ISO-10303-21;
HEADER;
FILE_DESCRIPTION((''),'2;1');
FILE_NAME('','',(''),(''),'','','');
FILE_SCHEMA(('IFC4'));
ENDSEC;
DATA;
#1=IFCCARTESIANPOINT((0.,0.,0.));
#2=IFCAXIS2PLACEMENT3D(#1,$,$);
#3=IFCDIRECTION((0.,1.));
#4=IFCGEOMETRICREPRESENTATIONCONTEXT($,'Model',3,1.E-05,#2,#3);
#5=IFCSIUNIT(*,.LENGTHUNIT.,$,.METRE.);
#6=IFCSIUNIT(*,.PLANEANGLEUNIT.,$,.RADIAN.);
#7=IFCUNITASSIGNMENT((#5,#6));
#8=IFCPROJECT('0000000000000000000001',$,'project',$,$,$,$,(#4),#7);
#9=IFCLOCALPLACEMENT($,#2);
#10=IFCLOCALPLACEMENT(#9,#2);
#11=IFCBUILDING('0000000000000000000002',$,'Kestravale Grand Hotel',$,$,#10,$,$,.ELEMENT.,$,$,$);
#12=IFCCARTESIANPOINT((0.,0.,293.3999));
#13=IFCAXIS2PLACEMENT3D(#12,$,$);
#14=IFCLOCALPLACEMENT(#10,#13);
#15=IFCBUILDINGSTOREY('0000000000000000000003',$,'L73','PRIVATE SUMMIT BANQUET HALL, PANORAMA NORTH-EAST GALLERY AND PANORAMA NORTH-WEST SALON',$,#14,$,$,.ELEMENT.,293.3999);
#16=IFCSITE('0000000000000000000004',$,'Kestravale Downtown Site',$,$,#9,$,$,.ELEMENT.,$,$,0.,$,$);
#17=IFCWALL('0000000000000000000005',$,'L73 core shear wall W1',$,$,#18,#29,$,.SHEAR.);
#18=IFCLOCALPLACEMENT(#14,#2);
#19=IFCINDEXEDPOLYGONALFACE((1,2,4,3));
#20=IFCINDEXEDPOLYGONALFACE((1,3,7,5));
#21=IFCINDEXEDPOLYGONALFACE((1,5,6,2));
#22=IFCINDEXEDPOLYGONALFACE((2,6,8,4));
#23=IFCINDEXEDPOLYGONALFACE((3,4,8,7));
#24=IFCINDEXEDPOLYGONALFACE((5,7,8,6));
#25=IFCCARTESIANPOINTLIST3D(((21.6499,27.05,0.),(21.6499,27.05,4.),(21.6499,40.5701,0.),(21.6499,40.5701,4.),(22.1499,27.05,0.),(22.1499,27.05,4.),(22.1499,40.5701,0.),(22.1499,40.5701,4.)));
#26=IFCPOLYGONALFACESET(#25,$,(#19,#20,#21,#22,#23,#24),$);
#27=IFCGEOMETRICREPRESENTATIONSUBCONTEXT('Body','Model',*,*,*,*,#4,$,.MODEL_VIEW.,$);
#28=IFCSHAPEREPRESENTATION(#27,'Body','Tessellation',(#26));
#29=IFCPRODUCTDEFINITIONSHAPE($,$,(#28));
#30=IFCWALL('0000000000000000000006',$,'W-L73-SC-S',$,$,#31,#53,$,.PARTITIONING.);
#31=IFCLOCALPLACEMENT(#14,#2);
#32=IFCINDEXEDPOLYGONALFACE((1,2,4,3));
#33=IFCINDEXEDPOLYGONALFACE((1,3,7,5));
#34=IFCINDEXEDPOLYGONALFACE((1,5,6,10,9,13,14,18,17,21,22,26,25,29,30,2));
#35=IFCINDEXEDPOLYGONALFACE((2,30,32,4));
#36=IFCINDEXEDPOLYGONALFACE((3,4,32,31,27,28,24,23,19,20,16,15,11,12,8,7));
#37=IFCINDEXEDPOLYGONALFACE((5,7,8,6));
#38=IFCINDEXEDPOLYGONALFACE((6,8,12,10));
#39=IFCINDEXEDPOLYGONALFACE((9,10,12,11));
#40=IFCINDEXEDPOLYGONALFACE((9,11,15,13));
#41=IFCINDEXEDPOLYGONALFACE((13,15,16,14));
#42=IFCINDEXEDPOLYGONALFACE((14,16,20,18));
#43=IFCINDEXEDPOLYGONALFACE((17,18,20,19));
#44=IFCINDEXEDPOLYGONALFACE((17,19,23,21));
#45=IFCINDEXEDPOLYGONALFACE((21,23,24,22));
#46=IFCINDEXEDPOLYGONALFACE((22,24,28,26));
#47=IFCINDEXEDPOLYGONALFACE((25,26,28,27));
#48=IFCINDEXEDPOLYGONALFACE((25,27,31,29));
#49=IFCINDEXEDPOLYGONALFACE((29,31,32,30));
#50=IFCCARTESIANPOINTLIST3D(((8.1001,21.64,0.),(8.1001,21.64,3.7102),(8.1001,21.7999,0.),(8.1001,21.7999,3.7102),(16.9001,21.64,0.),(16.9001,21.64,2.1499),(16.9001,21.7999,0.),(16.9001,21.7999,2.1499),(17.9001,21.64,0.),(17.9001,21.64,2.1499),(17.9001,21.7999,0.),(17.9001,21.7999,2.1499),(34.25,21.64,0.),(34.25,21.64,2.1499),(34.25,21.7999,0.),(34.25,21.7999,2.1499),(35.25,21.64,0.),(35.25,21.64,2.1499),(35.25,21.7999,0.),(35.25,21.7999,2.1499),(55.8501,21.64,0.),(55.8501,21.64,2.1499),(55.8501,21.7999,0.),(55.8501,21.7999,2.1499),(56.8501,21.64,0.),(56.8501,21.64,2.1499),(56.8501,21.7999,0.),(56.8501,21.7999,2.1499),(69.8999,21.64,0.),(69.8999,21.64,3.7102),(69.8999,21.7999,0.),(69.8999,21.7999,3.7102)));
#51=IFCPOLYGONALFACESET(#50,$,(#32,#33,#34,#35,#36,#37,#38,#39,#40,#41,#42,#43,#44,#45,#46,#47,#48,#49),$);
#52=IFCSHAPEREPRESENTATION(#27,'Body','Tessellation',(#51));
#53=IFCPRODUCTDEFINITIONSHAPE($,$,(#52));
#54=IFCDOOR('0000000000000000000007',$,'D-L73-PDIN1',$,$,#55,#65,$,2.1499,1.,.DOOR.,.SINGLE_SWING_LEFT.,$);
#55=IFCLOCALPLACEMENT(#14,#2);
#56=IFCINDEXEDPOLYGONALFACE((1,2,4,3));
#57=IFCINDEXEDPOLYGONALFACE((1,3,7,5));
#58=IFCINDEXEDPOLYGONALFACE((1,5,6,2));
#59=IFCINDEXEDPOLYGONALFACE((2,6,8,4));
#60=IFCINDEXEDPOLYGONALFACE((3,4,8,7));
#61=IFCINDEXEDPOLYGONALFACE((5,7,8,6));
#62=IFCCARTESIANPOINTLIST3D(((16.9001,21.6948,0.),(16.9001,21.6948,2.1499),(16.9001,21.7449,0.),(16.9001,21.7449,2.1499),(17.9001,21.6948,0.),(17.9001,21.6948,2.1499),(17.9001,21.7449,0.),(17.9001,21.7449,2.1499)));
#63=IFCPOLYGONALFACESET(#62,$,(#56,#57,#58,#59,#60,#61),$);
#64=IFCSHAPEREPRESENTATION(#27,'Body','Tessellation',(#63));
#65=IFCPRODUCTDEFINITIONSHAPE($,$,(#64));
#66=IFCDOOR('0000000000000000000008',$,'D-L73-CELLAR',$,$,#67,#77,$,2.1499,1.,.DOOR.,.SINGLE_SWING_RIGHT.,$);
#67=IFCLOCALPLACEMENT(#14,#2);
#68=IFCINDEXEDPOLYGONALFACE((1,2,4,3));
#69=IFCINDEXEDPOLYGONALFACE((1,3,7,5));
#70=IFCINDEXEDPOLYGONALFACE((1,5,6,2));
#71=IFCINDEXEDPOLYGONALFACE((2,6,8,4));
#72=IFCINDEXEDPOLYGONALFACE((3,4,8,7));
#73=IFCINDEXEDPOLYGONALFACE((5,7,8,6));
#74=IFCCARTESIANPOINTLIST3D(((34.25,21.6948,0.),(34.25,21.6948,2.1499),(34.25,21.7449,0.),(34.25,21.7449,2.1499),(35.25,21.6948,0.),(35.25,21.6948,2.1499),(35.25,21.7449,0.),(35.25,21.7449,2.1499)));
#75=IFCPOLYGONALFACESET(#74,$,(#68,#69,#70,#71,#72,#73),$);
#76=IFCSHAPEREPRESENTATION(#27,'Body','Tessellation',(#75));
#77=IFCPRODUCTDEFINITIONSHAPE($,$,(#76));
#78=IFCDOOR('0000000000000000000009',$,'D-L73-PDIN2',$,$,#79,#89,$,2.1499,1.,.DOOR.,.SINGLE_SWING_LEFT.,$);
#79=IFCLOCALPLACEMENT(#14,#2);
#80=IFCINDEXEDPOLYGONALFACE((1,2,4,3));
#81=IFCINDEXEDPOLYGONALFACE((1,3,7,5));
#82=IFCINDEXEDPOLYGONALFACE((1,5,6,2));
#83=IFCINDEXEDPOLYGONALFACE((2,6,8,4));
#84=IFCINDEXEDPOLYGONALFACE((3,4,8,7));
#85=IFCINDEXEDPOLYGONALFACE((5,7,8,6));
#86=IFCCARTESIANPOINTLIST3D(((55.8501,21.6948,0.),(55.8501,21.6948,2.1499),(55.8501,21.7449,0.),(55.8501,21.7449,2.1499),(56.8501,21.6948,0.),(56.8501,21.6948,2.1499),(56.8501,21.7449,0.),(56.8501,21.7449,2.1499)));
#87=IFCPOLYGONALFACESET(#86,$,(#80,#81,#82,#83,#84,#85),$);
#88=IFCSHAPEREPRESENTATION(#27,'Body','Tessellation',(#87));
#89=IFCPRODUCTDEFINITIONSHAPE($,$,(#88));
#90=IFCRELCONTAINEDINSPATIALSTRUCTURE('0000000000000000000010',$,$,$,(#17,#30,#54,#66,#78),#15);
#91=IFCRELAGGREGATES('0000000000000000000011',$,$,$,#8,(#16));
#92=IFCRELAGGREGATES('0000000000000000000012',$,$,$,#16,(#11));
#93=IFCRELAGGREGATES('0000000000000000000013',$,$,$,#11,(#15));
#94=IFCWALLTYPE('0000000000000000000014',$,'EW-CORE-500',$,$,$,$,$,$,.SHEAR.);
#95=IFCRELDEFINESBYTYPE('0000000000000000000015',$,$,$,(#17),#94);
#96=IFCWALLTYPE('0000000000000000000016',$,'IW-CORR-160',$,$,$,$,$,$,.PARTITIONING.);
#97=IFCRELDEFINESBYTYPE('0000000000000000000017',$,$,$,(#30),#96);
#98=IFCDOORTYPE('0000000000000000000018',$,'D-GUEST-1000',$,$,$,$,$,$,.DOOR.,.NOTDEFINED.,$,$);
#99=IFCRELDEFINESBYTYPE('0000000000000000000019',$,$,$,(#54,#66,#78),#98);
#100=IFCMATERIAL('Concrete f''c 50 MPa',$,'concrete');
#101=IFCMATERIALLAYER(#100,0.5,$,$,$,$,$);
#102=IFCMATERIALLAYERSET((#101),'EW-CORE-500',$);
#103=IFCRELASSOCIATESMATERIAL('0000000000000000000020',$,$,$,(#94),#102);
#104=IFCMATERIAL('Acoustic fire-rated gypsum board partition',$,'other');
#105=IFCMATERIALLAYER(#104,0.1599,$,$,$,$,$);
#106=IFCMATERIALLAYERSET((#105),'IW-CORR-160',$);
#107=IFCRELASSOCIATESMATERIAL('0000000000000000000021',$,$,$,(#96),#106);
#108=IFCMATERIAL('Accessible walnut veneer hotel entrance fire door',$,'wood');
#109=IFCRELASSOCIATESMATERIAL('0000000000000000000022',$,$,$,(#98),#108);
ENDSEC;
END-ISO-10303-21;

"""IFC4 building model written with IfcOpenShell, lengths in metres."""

from ifc_helpers import new_model, si_unit, direction, frame, frame_2d, origin, place, context, subcontext, project, spatial, rectangle, extrude, material, layer, layer_set, type_object, element, fill, save


model = new_model("IFC4")

# Units and contexts
model_context = context("Model", 3, precision=1e-05, world=origin(), true_north=direction((0.0, 1.0)))
body_context = subcontext(model_context, "Body", "Model", "MODEL_VIEW")
ifc_project = project(units=[si_unit("LENGTHUNIT", "METRE"), si_unit("PLANEANGLEUNIT", "RADIAN")], contexts=[model_context])

# Site, building, storey
site_placement = place(None, origin())
site = spatial("IfcSite", under=ifc_project, at=site_placement, Name="Kestravale Downtown Site", CompositionType="ELEMENT", RefElevation=0.0)
building_placement = place(site_placement, origin())
building = spatial("IfcBuilding", under=site, at=building_placement, Name="Kestravale Grand Hotel", CompositionType="ELEMENT")
storey_placement = place(building_placement, frame((0.0, 0.0, 293.3999)))
storey = spatial("IfcBuildingStorey", under=building, at=storey_placement, Name="L73", Description="PRIVATE SUMMIT BANQUET HALL, PANORAMA NORTH-EAST GALLERY AND PANORAMA NORTH-WEST SALON", CompositionType="ELEMENT", Elevation=293.3999)

# Wall
ifc_material_1 = material(Name="Concrete f'c 50 MPa", Category="concrete")
ifc_layer_1 = layer(ifc_material_1, 0.5)
ifc_layer_set_1 = layer_set([ifc_layer_1], Name="EW-CORE-500")
wall_type_1 = type_object("IfcWallType", Name="EW-CORE-500", PredefinedType="SHEAR", material=ifc_layer_set_1)
wall_1_placement = place(storey_placement, frame((21.8999, 27.05, 0.0), z_axis=(0.0, 0.0, 1.0), x_axis=(0.0, 1.0, 0.0)))
element("IfcWall", 1, at=wall_1_placement, inside=storey, type_object=wall_type_1, Name="L73 core shear wall W1", PredefinedType="SHEAR", context=body_context, shape_type="SweptSolid", body=[
    extrude(rectangle(XDim=13.52, YDim=0.5, at=frame_2d((6.76, 0.0))), origin(), (0.0, 0.0, 1.0), 4.0),
])

# Wall, openings, doors
ifc_material_2 = material(Name="Acoustic fire-rated gypsum board partition", Category="other")
ifc_layer_2 = layer(ifc_material_2, 0.1599)
ifc_layer_set_2 = layer_set([ifc_layer_2], Name="IW-CORR-160")
wall_type_2 = type_object("IfcWallType", Name="IW-CORR-160", PredefinedType="PARTITIONING", material=ifc_layer_set_2)
wall_2_placement = place(storey_placement, frame((8.1001, 21.72, 0.0), z_axis=(0.0, 0.0, 1.0), x_axis=(1.0, 0.0, 0.0)))
wall_2 = element("IfcWall", 2, at=wall_2_placement, inside=storey, type_object=wall_type_2, Name="W-L73-SC-S", PredefinedType="PARTITIONING", context=body_context, shape_type="SweptSolid", body=[
    extrude(rectangle(XDim=61.7998, YDim=0.1599, at=frame_2d((30.8999, 0.0))), origin(), (0.0, 0.0, 1.0), 3.7102),
])
opening_1_placement = place(wall_2_placement, frame((8.8, 0.0, 0.0)))
opening_1 = element("IfcOpeningElement", 3, at=opening_1_placement, cuts=wall_2, PredefinedType="OPENING", context=body_context, shape_type="SweptSolid", body=[
    extrude(rectangle(XDim=1.0, YDim=2.1499, at=frame_2d((0.5, 1.075))), frame((0.0, 0.0898, 0.0), z_axis=(0.0, -1.0, 0.0), x_axis=(1.0, 0.0, 0.0)), (0.0, 0.0, 1.0), 0.1799),
])
opening_2_placement = place(wall_2_placement, frame((26.1499, 0.0, 0.0)))
opening_2 = element("IfcOpeningElement", 4, at=opening_2_placement, cuts=wall_2, PredefinedType="OPENING", context=body_context, shape_type="SweptSolid", body=[
    extrude(rectangle(XDim=1.0, YDim=2.1499, at=frame_2d((0.5, 1.075))), frame((0.0, 0.0898, 0.0), z_axis=(0.0, -1.0, 0.0), x_axis=(1.0, 0.0, 0.0)), (0.0, 0.0, 1.0), 0.1799),
])
opening_3_placement = place(wall_2_placement, frame((47.75, 0.0, 0.0)))
opening_3 = element("IfcOpeningElement", 5, at=opening_3_placement, cuts=wall_2, PredefinedType="OPENING", context=body_context, shape_type="SweptSolid", body=[
    extrude(rectangle(XDim=1.0, YDim=2.1499, at=frame_2d((0.5, 1.075))), frame((0.0, 0.0898, 0.0), z_axis=(0.0, -1.0, 0.0), x_axis=(1.0, 0.0, 0.0)), (0.0, 0.0, 1.0), 0.1799),
])
ifc_material_3 = material(Name="Accessible walnut veneer hotel entrance fire door", Category="wood")
door_type_1 = type_object("IfcDoorType", Name="D-GUEST-1000", OperationType="NOTDEFINED", PredefinedType="DOOR", material=ifc_material_3)
door_1_placement = place(opening_1_placement, origin())
door_1 = element("IfcDoor", 6, at=door_1_placement, inside=storey, type_object=door_type_1, Name="D-L73-PDIN1", OperationType="SINGLE_SWING_LEFT", OverallHeight=2.1499, OverallWidth=1.0, PredefinedType="DOOR", context=body_context, shape_type="SweptSolid", body=[
    extrude(rectangle(XDim=1.0, YDim=2.1499, at=frame_2d((0.5, 1.075))), frame((0.0, 0.0249, 0.0), z_axis=(0.0, -1.0, 0.0), x_axis=(1.0, 0.0, 0.0)), (0.0, 0.0, 1.0), 0.05),
])
fill(opening_1, door_1)
door_2_placement = place(opening_2_placement, origin())
door_2 = element("IfcDoor", 7, at=door_2_placement, inside=storey, type_object=door_type_1, Name="D-L73-CELLAR", OperationType="SINGLE_SWING_RIGHT", OverallHeight=2.1499, OverallWidth=1.0, PredefinedType="DOOR", context=body_context, shape_type="SweptSolid", body=[
    extrude(rectangle(XDim=1.0, YDim=2.1499, at=frame_2d((0.5, 1.075))), frame((0.0, 0.0249, 0.0), z_axis=(0.0, -1.0, 0.0), x_axis=(1.0, 0.0, 0.0)), (0.0, 0.0, 1.0), 0.05),
])
fill(opening_2, door_2)
door_3_placement = place(opening_3_placement, origin())
door_3 = element("IfcDoor", 8, at=door_3_placement, inside=storey, type_object=door_type_1, Name="D-L73-PDIN2", OperationType="SINGLE_SWING_LEFT", OverallHeight=2.1499, OverallWidth=1.0, PredefinedType="DOOR", context=body_context, shape_type="SweptSolid", body=[
    extrude(rectangle(XDim=1.0, YDim=2.1499, at=frame_2d((0.5, 1.075))), frame((0.0, 0.0249, 0.0), z_axis=(0.0, -1.0, 0.0), x_axis=(1.0, 0.0, 0.0)), (0.0, 0.0, 1.0), 0.05),
])
fill(opening_3, door_3)

save(model, "model.ifc")
